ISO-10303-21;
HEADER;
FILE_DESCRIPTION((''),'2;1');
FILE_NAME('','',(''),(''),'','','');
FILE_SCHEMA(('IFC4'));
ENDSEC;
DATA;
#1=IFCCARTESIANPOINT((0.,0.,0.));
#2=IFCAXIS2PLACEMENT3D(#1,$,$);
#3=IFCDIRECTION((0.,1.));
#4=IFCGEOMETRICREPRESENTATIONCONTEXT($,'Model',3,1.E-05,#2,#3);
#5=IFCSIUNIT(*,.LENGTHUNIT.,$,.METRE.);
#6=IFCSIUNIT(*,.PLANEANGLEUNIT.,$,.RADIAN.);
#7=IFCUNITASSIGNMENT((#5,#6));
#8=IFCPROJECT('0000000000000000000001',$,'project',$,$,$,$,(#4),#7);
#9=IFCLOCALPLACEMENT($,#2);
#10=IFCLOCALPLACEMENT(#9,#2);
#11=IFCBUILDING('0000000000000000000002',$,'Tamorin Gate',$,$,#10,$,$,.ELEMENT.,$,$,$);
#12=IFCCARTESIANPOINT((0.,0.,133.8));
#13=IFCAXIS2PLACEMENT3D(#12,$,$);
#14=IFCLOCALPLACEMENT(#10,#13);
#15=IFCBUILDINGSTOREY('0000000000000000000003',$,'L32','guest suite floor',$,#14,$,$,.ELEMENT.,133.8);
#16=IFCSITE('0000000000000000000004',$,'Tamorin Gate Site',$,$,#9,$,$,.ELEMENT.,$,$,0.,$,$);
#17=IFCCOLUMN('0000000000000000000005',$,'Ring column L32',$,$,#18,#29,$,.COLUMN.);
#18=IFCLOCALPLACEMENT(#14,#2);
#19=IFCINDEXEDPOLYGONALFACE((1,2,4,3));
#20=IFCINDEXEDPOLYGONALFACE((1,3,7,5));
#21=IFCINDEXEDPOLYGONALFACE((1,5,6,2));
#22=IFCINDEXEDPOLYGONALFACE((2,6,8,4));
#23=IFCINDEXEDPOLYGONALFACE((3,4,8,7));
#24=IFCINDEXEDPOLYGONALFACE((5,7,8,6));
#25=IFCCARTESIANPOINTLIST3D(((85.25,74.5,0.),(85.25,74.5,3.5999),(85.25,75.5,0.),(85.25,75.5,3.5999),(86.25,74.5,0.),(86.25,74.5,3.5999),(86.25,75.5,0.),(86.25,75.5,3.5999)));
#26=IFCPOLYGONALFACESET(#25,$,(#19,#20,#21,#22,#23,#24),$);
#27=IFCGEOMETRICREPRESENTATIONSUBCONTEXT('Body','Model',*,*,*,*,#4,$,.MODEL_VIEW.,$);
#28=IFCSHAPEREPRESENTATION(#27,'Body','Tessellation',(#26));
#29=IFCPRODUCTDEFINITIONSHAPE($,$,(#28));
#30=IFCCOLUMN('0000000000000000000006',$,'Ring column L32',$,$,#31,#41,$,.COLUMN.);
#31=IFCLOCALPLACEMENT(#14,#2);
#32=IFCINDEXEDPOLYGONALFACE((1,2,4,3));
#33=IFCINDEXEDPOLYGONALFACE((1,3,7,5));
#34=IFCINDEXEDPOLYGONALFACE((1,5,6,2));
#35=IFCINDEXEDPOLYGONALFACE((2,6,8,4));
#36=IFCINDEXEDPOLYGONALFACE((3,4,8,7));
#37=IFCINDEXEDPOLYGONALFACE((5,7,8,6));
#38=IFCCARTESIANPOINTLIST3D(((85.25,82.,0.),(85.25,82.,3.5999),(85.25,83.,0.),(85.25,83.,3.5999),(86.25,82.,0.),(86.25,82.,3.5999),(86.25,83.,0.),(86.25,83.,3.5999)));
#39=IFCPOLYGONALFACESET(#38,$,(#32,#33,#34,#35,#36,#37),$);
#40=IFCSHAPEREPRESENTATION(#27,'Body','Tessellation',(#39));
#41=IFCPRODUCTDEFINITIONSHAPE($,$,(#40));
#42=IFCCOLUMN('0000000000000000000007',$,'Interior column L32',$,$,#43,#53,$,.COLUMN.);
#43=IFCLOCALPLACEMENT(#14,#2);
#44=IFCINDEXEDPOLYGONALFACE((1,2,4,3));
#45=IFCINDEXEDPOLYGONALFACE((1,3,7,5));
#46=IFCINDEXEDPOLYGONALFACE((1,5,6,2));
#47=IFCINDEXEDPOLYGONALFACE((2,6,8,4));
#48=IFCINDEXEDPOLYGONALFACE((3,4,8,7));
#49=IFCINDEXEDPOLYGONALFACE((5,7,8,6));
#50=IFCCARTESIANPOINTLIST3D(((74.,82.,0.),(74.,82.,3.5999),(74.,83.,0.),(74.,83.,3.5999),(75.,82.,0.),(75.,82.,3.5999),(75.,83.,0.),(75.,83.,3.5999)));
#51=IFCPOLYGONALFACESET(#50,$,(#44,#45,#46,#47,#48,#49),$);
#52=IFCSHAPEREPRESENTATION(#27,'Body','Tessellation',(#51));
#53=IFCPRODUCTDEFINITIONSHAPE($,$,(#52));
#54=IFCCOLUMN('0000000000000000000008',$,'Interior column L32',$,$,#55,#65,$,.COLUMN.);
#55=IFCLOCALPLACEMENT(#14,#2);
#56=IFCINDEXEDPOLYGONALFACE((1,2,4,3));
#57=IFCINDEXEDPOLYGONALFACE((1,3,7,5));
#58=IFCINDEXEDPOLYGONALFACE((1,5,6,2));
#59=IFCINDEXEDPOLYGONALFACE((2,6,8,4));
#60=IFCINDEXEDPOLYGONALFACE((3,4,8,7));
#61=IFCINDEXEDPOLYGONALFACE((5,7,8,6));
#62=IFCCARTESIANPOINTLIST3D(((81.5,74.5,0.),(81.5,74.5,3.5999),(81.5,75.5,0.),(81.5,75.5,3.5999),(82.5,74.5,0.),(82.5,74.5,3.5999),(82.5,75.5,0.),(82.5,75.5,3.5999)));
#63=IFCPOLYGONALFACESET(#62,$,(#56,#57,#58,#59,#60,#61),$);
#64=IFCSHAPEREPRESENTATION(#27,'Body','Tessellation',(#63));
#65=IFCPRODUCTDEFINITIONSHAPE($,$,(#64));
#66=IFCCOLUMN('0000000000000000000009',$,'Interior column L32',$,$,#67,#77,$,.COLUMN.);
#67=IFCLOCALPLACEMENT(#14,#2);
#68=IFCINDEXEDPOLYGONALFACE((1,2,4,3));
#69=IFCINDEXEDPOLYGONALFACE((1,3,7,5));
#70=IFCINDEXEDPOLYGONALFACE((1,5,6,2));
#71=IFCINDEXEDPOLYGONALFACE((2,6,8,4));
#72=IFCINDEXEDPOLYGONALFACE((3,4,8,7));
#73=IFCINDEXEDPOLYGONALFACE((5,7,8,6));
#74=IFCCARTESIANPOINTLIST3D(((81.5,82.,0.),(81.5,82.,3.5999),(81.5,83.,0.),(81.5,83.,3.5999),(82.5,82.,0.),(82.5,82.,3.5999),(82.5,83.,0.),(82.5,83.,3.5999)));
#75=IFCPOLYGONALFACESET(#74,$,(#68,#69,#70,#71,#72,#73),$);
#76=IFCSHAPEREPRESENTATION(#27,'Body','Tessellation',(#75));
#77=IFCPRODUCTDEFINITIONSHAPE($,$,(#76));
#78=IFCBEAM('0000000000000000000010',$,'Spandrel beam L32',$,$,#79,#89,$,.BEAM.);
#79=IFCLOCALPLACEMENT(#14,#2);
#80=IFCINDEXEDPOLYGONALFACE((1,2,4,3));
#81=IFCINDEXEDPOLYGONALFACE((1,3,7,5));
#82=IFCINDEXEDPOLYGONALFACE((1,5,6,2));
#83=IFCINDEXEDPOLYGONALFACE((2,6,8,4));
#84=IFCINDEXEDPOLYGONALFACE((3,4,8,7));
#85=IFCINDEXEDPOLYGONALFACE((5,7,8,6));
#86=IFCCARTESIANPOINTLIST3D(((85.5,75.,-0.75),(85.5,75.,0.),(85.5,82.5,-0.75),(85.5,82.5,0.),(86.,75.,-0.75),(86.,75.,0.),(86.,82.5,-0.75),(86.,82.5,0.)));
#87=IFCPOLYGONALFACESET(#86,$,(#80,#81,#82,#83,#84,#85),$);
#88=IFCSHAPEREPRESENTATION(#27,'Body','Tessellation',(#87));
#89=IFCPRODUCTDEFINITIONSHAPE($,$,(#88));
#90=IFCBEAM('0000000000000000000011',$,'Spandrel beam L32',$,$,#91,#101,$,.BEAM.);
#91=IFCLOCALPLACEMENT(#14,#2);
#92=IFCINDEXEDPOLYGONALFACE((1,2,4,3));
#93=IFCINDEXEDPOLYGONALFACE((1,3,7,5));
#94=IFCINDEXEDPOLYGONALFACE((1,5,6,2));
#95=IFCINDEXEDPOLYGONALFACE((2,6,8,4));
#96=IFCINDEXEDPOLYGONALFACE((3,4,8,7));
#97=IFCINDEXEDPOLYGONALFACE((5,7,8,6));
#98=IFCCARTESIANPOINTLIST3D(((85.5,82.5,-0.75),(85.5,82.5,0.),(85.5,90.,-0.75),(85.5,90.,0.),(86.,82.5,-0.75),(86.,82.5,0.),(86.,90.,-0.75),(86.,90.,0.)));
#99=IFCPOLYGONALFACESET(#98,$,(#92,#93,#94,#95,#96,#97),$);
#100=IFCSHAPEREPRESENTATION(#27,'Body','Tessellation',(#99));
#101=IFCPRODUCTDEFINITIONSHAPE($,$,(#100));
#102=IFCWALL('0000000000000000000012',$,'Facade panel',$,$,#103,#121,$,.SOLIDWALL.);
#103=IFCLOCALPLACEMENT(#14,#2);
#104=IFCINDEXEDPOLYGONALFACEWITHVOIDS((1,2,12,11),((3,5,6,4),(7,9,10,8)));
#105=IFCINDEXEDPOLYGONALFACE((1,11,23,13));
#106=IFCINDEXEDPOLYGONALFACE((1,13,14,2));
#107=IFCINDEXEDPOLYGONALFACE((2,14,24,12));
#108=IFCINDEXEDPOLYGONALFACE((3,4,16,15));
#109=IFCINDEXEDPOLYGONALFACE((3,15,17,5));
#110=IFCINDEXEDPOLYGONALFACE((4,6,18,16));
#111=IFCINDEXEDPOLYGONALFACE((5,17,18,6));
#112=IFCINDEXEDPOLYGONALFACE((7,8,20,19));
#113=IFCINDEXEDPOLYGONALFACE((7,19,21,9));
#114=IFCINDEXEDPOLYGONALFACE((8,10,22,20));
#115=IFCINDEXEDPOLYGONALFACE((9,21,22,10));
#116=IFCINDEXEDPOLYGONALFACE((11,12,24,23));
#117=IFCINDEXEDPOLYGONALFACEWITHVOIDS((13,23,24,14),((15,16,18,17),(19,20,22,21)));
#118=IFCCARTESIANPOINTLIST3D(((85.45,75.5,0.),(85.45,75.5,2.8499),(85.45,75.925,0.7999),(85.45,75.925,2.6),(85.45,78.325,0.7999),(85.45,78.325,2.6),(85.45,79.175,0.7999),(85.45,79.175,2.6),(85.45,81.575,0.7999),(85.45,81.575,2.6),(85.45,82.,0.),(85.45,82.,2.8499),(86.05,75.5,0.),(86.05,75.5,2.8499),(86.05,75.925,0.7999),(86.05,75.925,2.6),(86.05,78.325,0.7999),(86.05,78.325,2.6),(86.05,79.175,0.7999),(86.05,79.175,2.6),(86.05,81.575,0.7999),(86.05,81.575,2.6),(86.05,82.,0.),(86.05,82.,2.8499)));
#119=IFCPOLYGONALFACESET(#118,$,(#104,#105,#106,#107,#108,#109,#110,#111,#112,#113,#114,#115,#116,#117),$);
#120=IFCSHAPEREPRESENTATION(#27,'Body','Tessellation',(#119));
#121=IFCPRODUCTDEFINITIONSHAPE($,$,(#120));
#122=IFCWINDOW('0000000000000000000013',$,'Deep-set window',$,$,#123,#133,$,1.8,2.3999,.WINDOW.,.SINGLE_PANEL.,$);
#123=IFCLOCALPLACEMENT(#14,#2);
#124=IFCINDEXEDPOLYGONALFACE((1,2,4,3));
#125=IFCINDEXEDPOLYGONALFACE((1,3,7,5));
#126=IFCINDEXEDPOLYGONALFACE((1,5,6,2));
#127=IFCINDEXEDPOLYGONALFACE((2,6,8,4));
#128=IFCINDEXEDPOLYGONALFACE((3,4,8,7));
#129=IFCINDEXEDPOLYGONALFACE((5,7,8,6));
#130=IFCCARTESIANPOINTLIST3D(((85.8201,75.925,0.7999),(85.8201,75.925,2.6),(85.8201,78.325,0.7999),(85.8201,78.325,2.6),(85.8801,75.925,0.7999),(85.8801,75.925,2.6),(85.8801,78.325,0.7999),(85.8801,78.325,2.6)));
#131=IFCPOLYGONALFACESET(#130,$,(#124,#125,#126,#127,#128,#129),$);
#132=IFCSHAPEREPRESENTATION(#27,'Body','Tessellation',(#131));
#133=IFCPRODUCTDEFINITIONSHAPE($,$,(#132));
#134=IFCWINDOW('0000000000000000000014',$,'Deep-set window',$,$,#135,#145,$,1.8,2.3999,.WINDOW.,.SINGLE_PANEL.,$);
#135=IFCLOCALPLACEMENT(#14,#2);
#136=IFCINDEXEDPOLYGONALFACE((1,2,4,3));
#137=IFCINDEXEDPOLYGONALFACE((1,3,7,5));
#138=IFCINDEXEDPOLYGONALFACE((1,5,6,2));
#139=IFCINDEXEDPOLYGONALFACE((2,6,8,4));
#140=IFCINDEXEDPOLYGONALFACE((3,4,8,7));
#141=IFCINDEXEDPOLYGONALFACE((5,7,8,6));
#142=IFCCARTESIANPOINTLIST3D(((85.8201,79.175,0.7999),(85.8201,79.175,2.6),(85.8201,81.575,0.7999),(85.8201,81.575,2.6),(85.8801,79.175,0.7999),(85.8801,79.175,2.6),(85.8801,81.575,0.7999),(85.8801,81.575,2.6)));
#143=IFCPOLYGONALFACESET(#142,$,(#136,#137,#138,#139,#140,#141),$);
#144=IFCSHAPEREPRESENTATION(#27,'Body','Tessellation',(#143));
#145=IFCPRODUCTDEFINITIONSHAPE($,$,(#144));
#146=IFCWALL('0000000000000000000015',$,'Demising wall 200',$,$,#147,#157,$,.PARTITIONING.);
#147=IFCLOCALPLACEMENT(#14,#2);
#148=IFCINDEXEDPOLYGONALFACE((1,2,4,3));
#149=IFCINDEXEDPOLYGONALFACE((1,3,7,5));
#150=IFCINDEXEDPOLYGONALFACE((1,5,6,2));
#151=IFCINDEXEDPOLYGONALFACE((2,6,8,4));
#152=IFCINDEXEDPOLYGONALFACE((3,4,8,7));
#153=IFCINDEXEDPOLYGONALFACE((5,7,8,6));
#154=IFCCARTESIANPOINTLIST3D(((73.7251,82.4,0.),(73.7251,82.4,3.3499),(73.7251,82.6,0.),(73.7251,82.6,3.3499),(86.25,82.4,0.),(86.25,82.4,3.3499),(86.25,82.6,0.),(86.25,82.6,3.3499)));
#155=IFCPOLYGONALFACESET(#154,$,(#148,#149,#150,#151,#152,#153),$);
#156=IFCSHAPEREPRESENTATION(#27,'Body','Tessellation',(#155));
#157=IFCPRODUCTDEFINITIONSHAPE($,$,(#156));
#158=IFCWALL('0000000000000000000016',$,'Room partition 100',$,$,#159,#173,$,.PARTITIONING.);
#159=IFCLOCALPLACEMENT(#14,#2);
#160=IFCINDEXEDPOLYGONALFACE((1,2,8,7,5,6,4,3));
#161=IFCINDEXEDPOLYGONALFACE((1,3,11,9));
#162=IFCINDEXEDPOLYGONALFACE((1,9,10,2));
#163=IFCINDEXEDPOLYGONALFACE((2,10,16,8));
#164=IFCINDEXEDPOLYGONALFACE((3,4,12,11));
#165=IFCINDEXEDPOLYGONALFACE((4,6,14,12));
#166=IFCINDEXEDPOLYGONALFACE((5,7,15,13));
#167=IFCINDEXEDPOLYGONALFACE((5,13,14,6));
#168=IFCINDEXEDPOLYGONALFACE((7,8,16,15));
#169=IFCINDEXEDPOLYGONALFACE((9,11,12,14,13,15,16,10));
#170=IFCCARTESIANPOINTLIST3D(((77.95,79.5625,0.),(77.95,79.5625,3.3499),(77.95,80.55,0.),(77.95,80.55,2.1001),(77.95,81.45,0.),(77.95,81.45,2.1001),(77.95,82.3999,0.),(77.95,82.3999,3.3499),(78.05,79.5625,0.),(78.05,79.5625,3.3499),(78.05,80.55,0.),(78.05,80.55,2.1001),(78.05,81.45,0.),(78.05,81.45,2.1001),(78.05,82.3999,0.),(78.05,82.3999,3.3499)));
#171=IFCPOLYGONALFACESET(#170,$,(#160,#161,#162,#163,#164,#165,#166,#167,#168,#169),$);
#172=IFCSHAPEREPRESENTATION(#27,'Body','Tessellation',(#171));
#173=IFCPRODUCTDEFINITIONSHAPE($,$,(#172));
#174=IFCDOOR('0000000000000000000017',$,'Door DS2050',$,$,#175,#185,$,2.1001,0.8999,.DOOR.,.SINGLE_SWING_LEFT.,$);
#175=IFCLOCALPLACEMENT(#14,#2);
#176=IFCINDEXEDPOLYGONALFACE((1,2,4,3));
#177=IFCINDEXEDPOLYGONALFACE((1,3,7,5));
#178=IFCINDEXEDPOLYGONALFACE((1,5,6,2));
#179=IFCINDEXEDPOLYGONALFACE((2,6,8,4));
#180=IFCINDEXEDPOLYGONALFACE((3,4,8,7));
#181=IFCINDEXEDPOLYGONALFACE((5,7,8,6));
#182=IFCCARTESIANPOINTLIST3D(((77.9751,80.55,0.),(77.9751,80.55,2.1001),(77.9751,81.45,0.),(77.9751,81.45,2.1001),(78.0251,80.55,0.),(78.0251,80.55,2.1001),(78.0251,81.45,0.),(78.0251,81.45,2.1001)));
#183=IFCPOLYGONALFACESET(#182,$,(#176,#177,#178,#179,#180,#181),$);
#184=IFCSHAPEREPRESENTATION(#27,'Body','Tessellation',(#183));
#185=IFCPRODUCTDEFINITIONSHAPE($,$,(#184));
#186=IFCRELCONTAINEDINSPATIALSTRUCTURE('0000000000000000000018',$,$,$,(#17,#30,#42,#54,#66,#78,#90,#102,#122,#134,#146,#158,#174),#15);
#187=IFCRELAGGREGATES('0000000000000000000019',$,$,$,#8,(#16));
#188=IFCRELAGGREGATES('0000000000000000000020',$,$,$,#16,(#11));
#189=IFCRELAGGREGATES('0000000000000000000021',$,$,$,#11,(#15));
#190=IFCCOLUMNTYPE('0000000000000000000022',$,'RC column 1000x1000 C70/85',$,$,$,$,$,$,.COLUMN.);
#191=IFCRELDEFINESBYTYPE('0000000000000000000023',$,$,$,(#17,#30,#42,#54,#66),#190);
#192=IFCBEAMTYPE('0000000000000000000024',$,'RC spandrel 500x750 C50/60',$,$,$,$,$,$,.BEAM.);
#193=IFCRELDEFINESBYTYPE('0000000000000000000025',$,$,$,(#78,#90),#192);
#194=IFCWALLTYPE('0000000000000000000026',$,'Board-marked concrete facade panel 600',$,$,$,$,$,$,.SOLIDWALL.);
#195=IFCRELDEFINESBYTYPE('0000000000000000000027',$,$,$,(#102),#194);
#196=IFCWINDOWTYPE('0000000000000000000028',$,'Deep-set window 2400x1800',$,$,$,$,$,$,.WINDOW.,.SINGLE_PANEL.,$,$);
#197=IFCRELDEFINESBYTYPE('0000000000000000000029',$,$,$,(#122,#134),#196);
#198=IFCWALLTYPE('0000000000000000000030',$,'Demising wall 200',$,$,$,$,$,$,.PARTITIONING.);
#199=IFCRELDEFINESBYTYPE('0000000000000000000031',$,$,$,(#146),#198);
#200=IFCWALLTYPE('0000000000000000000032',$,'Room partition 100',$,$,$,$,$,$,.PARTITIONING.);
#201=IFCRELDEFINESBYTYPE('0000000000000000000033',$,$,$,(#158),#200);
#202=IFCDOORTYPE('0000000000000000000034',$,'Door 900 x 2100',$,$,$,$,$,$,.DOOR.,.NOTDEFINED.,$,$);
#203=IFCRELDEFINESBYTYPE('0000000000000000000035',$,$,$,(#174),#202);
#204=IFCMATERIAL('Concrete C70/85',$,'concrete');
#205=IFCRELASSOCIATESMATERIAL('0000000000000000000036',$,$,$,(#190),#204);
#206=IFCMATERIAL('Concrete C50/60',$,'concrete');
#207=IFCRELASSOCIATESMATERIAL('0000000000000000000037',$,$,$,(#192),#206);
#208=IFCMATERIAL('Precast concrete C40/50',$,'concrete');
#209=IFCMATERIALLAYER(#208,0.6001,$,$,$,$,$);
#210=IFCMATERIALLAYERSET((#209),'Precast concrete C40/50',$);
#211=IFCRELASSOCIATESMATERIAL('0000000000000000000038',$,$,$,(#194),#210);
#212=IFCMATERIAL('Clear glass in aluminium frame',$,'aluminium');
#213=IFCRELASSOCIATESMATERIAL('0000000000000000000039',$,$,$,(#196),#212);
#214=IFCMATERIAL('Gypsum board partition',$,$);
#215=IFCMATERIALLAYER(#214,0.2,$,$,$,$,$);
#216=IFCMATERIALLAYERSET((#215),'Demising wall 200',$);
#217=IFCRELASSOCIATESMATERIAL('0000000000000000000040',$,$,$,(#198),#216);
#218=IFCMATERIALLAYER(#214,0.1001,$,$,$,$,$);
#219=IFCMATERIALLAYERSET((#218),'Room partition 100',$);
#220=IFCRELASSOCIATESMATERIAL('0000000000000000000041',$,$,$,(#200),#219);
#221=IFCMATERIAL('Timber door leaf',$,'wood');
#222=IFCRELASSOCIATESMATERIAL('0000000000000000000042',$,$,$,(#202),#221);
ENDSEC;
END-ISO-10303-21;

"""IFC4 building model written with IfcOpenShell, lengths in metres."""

from ifc_helpers import new_model, si_unit, direction, frame, frame_2d, origin, origin_2d, place, context, subcontext, project, spatial, rectangle, extrude, material, layer, layer_set, material_profile, profile_set, type_object, element, fill, save


model = new_model("IFC4")

# Units and contexts
model_context = context("Model", 3, precision=1e-05, world=origin(), true_north=direction((0.0, 1.0)))
body_context = subcontext(model_context, "Body", "Model", "MODEL_VIEW")
ifc_project = project(units=[si_unit("LENGTHUNIT", "METRE"), si_unit("PLANEANGLEUNIT", "RADIAN")], contexts=[model_context])

# Site, building, storey
site_placement = place(None, origin())
site = spatial("IfcSite", under=ifc_project, at=site_placement, Name="Tamorin Gate Site", CompositionType="ELEMENT", RefElevation=0.0)
building_placement = place(site_placement, origin())
building = spatial("IfcBuilding", under=site, at=building_placement, Name="Tamorin Gate", CompositionType="ELEMENT")
storey_placement = place(building_placement, frame((0.0, 0.0, 133.8)))
storey = spatial("IfcBuildingStorey", under=building, at=storey_placement, Name="L32", Description="guest suite floor", CompositionType="ELEMENT", Elevation=133.8)

# Columns
ifc_material_1 = material(Name="Concrete C70/85", Category="concrete")
ifc_material_profile_1 = material_profile(ifc_material_1, rectangle(XDim=1.0, YDim=1.0, at=origin_2d()), Name="RC 1000x1000")
ifc_profile_set_1 = profile_set([ifc_material_profile_1], Name="Concrete C70/85")
column_type = type_object("IfcColumnType", Name="RC column 1000x1000 C70/85", PredefinedType="COLUMN", material=ifc_profile_set_1)
for number, where, z_axis, x_axis, name in (
    (1, (85.75, 75.0, 0.0), (0.0, 0.0, 1.0), (1.0, 0.0, 0.0), "Ring column L32"),
    (2, (85.75, 82.5, 0.0), (0.0, 0.0, 1.0), (1.0, 0.0, 0.0), "Ring column L32"),
    (3, (74.5, 82.5, 0.0), (0.0, 0.0, 1.0), (1.0, 0.0, 0.0), "Interior column L32"),
    (4, (82.0, 75.0, 0.0), (0.0, 0.0, 1.0), (1.0, 0.0, 0.0), "Interior column L32"),
    (5, (82.0, 82.5, 0.0), (0.0, 0.0, 1.0), (1.0, 0.0, 0.0), "Interior column L32"),
):
    element("IfcColumn", number, at=place(storey_placement, frame(where, z_axis=z_axis, x_axis=x_axis)), inside=storey, type_object=column_type, Name=name, PredefinedType="COLUMN", context=body_context, shape_type="SweptSolid", body=[
        extrude(rectangle(XDim=1.0, YDim=1.0, at=origin_2d()), origin(), (0.0, 0.0, 1.0), 3.5999),
    ])

# Beams
ifc_material_2 = material(Name="Concrete C50/60", Category="concrete")
ifc_material_profile_2 = material_profile(ifc_material_2, rectangle(XDim=0.5, YDim=0.75, at=origin_2d()), Name="RC 500x750")
ifc_profile_set_2 = profile_set([ifc_material_profile_2], Name="Concrete C50/60")
beam_type = type_object("IfcBeamType", Name="RC spandrel 500x750 C50/60", PredefinedType="BEAM", material=ifc_profile_set_2)
for number, where, z_axis, x_axis, name in (
    (6, (85.75, 75.0, -0.375), (0.0, 1.0, 0.0), (-1.0, 0.0, 0.0), "Spandrel beam L32"),
    (7, (85.75, 82.5, -0.375), (0.0, 1.0, 0.0), (-1.0, 0.0, 0.0), "Spandrel beam L32"),
):
    element("IfcBeam", number, at=place(storey_placement, frame(where, z_axis=z_axis, x_axis=x_axis)), inside=storey, type_object=beam_type, Name=name, PredefinedType="BEAM", context=body_context, shape_type="SweptSolid", body=[
        extrude(rectangle(XDim=0.5, YDim=0.75, at=origin_2d()), origin(), (0.0, 0.0, 1.0), 7.5),
    ])

# Wall, openings, windows
ifc_material_3 = material(Name="Precast concrete C40/50", Category="concrete")
ifc_layer_1 = layer(ifc_material_3, 0.6001)
ifc_layer_set_1 = layer_set([ifc_layer_1], Name="Precast concrete C40/50")
wall_type_1 = type_object("IfcWallType", Name="Board-marked concrete facade panel 600", PredefinedType="SOLIDWALL", material=ifc_layer_set_1)
wall_1_placement = place(storey_placement, frame((85.75, 75.5, 0.0), z_axis=(0.0, 0.0, 1.0), x_axis=(0.0, 1.0, 0.0)))
wall_1 = element("IfcWall", 8, at=wall_1_placement, inside=storey, type_object=wall_type_1, Name="Facade panel", PredefinedType="SOLIDWALL", context=body_context, shape_type="SweptSolid", body=[
    extrude(rectangle(XDim=6.5, YDim=0.6001, at=frame_2d((3.25, 0.0))), origin(), (0.0, 0.0, 1.0), 2.8499),
])
opening_1_placement = place(wall_1_placement, frame((0.425, 0.0, 0.8)))
opening_1 = element("IfcOpeningElement", 9, at=opening_1_placement, cuts=wall_1, PredefinedType="OPENING", context=body_context, shape_type="SweptSolid", body=[
    extrude(rectangle(XDim=2.3999, YDim=1.8, at=frame_2d((1.2, 0.8999))), frame((0.0, 0.3101, 0.0), z_axis=(0.0, -1.0, 0.0), x_axis=(1.0, 0.0, 0.0)), (0.0, 0.0, 1.0), 0.6201),
])
opening_2_placement = place(wall_1_placement, frame((3.675, 0.0, 0.8)))
opening_2 = element("IfcOpeningElement", 10, at=opening_2_placement, cuts=wall_1, PredefinedType="OPENING", context=body_context, shape_type="SweptSolid", body=[
    extrude(rectangle(XDim=2.3999, YDim=1.8, at=frame_2d((1.2, 0.8999))), frame((0.0, 0.3101, 0.0), z_axis=(0.0, -1.0, 0.0), x_axis=(1.0, 0.0, 0.0)), (0.0, 0.0, 1.0), 0.6201),
])
ifc_material_4 = material(Name="Clear glass in aluminium frame", Category="aluminium")
window_type = type_object("IfcWindowType", Name="Deep-set window 2400x1800", PartitioningType="SINGLE_PANEL", PredefinedType="WINDOW", material=ifc_material_4)
window_1_placement = place(opening_1_placement, origin())
window_1 = element("IfcWindow", 11, at=window_1_placement, inside=storey, type_object=window_type, Name="Deep-set window", OverallHeight=1.8, OverallWidth=2.3999, PartitioningType="SINGLE_PANEL", PredefinedType="WINDOW", context=body_context, shape_type="SweptSolid", body=[
    extrude(rectangle(XDim=2.3999, YDim=1.8, at=frame_2d((1.2, 0.8999))), frame((0.0, -0.0701, 0.0), z_axis=(0.0, -1.0, 0.0), x_axis=(1.0, 0.0, 0.0)), (0.0, 0.0, 1.0), 0.0601),
])
fill(opening_1, window_1)
window_2_placement = place(opening_2_placement, origin())
window_2 = element("IfcWindow", 12, at=window_2_placement, inside=storey, type_object=window_type, Name="Deep-set window", OverallHeight=1.8, OverallWidth=2.3999, PartitioningType="SINGLE_PANEL", PredefinedType="WINDOW", context=body_context, shape_type="SweptSolid", body=[
    extrude(rectangle(XDim=2.3999, YDim=1.8, at=frame_2d((1.2, 0.8999))), frame((0.0, -0.0701, 0.0), z_axis=(0.0, -1.0, 0.0), x_axis=(1.0, 0.0, 0.0)), (0.0, 0.0, 1.0), 0.0601),
])
fill(opening_2, window_2)

# Wall
ifc_material_5 = material(Name="Gypsum board partition")
ifc_layer_2 = layer(ifc_material_5, 0.2)
ifc_layer_set_2 = layer_set([ifc_layer_2], Name="Demising wall 200")
wall_type_2 = type_object("IfcWallType", Name="Demising wall 200", PredefinedType="PARTITIONING", material=ifc_layer_set_2)
wall_2_placement = place(storey_placement, frame((73.7251, 82.5, 0.0), z_axis=(0.0, 0.0, 1.0), x_axis=(1.0, 0.0, 0.0)))
element("IfcWall", 13, at=wall_2_placement, inside=storey, type_object=wall_type_2, Name="Demising wall 200", PredefinedType="PARTITIONING", context=body_context, shape_type="SweptSolid", body=[
    extrude(rectangle(XDim=12.5249, YDim=0.2, at=frame_2d((6.2625, 0.0))), origin(), (0.0, 0.0, 1.0), 3.3499),
])

# Wall, opening, door
ifc_layer_3 = layer(ifc_material_5, 0.1001)
ifc_layer_set_3 = layer_set([ifc_layer_3], Name="Room partition 100")
wall_type_3 = type_object("IfcWallType", Name="Room partition 100", PredefinedType="PARTITIONING", material=ifc_layer_set_3)
wall_3_placement = place(storey_placement, frame((78.0, 79.5625, 0.0), z_axis=(0.0, 0.0, 1.0), x_axis=(0.0, 1.0, 0.0)))
wall_3 = element("IfcWall", 14, at=wall_3_placement, inside=storey, type_object=wall_type_3, Name="Room partition 100", PredefinedType="PARTITIONING", context=body_context, shape_type="SweptSolid", body=[
    extrude(rectangle(XDim=2.8374, YDim=0.1001, at=frame_2d((1.4187, 0.0))), origin(), (0.0, 0.0, 1.0), 3.3499),
])
opening_3_placement = place(wall_3_placement, frame((0.9875, 0.0, 0.0)))
opening_3 = element("IfcOpeningElement", 15, at=opening_3_placement, cuts=wall_3, PredefinedType="OPENING", context=body_context, shape_type="SweptSolid", body=[
    extrude(rectangle(XDim=0.8999, YDim=2.1001, at=frame_2d((0.45, 1.05))), frame((0.0, 0.0601, 0.0), z_axis=(0.0, -1.0, 0.0), x_axis=(1.0, 0.0, 0.0)), (0.0, 0.0, 1.0), 0.1201),
])
ifc_material_6 = material(Name="Timber door leaf", Category="wood")
door_type = type_object("IfcDoorType", Name="Door 900 x 2100", OperationType="NOTDEFINED", PredefinedType="DOOR", material=ifc_material_6)
door_placement = place(opening_3_placement, origin())
door = element("IfcDoor", 16, at=door_placement, inside=storey, type_object=door_type, Name="Door DS2050", OperationType="SINGLE_SWING_LEFT", OverallHeight=2.1001, OverallWidth=0.8999, PredefinedType="DOOR", context=body_context, shape_type="SweptSolid", body=[
    extrude(rectangle(XDim=0.8999, YDim=2.1001, at=frame_2d((0.45, 1.05))), frame((0.0, 0.0249, 0.0), z_axis=(0.0, -1.0, 0.0), x_axis=(1.0, 0.0, 0.0)), (0.0, 0.0, 1.0), 0.05),
])
fill(opening_3, door)

save(model, "model.ifc")
